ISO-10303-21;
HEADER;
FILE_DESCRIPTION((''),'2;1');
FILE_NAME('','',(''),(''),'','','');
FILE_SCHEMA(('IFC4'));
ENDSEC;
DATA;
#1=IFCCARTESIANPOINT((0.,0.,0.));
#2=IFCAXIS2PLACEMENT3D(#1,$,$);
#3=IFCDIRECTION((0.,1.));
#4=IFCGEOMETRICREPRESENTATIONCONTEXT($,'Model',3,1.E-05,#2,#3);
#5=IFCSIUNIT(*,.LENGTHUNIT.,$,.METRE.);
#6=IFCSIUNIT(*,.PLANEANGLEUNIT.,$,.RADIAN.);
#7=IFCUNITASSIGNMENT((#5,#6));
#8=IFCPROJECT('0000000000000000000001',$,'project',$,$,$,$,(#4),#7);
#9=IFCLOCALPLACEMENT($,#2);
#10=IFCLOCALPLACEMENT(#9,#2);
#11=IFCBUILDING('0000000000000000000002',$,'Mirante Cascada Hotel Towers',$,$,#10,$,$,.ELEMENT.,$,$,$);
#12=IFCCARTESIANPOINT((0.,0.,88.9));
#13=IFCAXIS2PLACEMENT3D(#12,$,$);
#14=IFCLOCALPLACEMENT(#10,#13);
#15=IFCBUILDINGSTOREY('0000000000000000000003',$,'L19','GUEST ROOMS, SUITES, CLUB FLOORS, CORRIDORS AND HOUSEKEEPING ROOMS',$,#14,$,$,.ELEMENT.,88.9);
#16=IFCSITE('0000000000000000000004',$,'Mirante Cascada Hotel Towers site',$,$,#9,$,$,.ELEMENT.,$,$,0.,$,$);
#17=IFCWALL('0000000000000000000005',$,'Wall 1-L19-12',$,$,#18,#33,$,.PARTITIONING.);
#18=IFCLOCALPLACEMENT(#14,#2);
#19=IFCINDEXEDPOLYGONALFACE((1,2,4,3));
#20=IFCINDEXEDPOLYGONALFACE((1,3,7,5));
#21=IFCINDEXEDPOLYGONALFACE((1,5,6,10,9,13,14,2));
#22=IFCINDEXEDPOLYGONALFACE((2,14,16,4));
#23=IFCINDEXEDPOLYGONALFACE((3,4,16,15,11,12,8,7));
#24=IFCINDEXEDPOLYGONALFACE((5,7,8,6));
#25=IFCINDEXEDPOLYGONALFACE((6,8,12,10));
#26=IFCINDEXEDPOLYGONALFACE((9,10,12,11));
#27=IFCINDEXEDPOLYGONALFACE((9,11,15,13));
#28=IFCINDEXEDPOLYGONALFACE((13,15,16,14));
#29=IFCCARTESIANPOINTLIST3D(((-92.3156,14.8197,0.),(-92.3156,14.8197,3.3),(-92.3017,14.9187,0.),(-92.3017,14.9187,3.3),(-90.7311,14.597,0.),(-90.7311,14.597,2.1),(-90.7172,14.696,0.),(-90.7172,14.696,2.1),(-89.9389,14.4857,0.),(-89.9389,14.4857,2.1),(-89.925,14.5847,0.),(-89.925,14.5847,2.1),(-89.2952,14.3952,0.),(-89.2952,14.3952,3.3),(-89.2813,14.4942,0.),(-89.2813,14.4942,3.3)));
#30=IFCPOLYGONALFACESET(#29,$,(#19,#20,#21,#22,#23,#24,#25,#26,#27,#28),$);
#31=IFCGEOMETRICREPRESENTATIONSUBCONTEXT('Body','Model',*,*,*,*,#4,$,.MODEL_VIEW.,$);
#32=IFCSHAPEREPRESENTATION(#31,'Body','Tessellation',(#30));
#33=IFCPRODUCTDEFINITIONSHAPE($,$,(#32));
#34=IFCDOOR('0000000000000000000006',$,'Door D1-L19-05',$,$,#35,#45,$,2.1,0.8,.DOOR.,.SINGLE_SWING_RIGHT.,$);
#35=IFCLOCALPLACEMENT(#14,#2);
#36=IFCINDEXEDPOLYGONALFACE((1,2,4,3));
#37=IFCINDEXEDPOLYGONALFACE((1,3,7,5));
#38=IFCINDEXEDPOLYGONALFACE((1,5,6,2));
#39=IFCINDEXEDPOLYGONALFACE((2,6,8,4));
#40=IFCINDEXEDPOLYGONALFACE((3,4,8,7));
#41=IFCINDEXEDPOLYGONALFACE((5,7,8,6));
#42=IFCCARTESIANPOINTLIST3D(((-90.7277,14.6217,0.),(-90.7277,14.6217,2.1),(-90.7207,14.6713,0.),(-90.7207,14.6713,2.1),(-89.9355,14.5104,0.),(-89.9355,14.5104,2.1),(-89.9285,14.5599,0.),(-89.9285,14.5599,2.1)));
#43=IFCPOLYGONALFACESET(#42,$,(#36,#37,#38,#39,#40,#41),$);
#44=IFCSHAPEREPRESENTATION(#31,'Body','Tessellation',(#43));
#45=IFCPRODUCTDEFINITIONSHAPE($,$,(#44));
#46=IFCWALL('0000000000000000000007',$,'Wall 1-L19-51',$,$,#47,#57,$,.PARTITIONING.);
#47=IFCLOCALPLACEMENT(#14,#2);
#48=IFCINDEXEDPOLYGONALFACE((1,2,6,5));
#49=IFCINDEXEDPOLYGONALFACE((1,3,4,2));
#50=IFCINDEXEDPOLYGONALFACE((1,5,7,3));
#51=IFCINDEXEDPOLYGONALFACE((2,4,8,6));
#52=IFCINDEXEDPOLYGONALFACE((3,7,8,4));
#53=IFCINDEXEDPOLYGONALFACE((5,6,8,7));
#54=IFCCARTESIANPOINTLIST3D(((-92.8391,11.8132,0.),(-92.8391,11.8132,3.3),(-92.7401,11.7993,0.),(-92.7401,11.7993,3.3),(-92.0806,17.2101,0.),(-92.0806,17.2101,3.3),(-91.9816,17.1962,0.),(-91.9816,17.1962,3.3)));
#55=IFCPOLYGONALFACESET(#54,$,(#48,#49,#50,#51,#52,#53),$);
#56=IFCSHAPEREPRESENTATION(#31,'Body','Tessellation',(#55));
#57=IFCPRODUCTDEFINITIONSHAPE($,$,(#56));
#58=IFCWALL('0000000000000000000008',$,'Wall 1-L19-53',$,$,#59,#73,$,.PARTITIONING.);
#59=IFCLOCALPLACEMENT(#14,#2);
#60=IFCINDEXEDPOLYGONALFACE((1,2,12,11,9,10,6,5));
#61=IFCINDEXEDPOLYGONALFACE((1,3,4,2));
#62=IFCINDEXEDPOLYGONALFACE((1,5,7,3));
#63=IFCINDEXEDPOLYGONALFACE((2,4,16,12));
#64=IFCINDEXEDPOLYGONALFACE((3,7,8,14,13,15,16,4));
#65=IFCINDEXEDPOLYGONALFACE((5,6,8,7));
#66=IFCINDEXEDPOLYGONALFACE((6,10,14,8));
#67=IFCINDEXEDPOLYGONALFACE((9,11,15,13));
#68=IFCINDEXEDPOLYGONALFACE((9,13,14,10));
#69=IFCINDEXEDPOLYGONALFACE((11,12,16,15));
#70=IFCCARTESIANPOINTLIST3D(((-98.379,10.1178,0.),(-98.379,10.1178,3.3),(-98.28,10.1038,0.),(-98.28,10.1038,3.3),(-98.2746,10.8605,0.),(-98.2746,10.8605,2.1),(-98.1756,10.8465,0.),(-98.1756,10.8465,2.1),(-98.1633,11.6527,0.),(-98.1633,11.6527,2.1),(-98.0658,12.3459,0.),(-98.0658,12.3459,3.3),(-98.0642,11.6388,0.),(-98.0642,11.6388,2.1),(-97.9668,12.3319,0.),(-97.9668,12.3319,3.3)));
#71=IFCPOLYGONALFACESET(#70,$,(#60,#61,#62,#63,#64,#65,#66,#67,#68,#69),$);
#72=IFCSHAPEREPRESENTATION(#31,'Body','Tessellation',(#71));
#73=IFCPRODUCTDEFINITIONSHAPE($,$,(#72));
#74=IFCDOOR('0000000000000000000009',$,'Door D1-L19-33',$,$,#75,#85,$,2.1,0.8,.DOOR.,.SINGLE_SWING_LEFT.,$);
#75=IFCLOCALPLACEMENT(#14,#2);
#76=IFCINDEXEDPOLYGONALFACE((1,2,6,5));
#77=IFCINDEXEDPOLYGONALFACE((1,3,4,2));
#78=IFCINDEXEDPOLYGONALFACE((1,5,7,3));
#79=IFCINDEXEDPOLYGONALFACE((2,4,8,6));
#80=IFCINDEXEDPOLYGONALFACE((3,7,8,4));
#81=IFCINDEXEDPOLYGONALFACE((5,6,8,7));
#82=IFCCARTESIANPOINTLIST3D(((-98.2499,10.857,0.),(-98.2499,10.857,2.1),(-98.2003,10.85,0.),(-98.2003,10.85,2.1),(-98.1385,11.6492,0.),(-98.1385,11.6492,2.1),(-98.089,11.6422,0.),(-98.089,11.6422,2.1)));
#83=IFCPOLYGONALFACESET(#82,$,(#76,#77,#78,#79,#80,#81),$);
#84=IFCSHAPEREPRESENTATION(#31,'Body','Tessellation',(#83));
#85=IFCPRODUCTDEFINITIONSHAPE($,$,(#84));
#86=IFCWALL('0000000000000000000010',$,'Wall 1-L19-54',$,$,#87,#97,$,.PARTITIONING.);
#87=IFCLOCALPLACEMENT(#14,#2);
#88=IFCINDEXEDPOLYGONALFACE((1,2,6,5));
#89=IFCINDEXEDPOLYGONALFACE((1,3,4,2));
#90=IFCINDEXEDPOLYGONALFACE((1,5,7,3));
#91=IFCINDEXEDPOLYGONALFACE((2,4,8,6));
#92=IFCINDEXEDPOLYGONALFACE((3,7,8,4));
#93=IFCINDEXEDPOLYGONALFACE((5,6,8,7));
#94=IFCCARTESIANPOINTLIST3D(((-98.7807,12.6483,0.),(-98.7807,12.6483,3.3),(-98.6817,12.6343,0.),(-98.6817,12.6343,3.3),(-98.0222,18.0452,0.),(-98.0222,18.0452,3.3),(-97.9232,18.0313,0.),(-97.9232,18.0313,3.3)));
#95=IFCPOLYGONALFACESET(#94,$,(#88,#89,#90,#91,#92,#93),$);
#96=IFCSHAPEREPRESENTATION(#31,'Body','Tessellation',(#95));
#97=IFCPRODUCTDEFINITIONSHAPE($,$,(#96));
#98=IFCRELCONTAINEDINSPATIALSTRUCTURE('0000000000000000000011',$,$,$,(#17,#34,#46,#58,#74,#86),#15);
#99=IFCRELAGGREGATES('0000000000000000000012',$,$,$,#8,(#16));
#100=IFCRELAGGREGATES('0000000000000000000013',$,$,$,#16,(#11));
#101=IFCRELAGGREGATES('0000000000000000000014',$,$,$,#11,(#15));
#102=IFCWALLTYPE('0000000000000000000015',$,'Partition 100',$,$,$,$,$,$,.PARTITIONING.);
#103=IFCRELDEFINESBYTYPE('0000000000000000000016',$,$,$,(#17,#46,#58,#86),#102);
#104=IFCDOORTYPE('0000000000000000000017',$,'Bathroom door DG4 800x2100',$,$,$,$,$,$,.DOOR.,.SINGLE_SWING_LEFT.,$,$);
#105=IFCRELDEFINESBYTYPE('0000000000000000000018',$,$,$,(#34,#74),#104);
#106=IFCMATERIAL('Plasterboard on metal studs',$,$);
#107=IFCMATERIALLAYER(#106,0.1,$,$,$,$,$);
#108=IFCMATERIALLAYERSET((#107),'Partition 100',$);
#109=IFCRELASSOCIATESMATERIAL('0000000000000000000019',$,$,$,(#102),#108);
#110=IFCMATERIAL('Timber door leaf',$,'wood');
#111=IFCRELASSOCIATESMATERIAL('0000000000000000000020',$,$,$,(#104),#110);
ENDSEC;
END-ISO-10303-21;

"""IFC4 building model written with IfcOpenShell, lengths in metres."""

from ifc_helpers import new_model, si_unit, direction, frame, frame_2d, origin, place, context, subcontext, project, spatial, rectangle, extrude, material, layer, layer_set, type_object, element, fill, save


model = new_model("IFC4")

# Units and contexts
model_context = context("Model", 3, precision=1e-05, world=origin(), true_north=direction((0.0, 1.0)))
body_context = subcontext(model_context, "Body", "Model", "MODEL_VIEW")
ifc_project = project(units=[si_unit("LENGTHUNIT", "METRE"), si_unit("PLANEANGLEUNIT", "RADIAN")], contexts=[model_context])

# Site, building, storey
site_placement = place(None, origin())
site = spatial("IfcSite", under=ifc_project, at=site_placement, Name="Mirante Cascada Hotel Towers site", CompositionType="ELEMENT", RefElevation=0.0)
building_placement = place(site_placement, origin())
building = spatial("IfcBuilding", under=site, at=building_placement, Name="Mirante Cascada Hotel Towers", CompositionType="ELEMENT")
storey_placement = place(building_placement, frame((0.0, 0.0, 88.9)))
storey = spatial("IfcBuildingStorey", under=building, at=storey_placement, Name="L19", Description="GUEST ROOMS, SUITES, CLUB FLOORS, CORRIDORS AND HOUSEKEEPING ROOMS", CompositionType="ELEMENT", Elevation=88.9)

# Shared definitions
ifc_material_1 = material(Name="Plasterboard on metal studs")
ifc_layer_1 = layer(ifc_material_1, 0.1)
ifc_layer_set_1 = layer_set([ifc_layer_1], Name="Partition 100")
wall_type_1 = type_object("IfcWallType", Name="Partition 100", PredefinedType="PARTITIONING", material=ifc_layer_set_1)

# Wall, opening, door
wall_1_placement = place(storey_placement, frame((-89.2883, 14.4447, 0.0), z_axis=(0.0, 0.0, 1.0), x_axis=(-0.990268, 0.139177, 0.0)))
wall_1 = element("IfcWall", 1, at=wall_1_placement, inside=storey, type_object=wall_type_1, Name="Wall 1-L19-12", PredefinedType="PARTITIONING", context=body_context, shape_type="SweptSolid", body=[
    extrude(rectangle(XDim=3.0501, YDim=0.1, at=frame_2d((1.525, 0.0))), origin(), (0.0, 0.0, 1.0), 3.3),
])
opening_1_placement = place(wall_1_placement, frame((0.65, 0.0, 0.0)))
opening_1 = element("IfcOpeningElement", 2, at=opening_1_placement, cuts=wall_1, PredefinedType="OPENING", context=body_context, shape_type="SweptSolid", body=[
    extrude(rectangle(XDim=0.8, YDim=2.1, at=frame_2d((0.4, 1.05))), frame((0.0, 0.05, 0.0), z_axis=(0.0, -1.0, 0.0), x_axis=(1.0, 0.0, 0.0)), (0.0, 0.0, 1.0), 0.1),
])
ifc_material_2 = material(Name="Timber door leaf", Category="wood")
door_type_1 = type_object("IfcDoorType", Name="Bathroom door DG4 800x2100", OperationType="SINGLE_SWING_LEFT", PredefinedType="DOOR", material=ifc_material_2)
door_1_placement = place(opening_1_placement, frame((0.8, 0.0, 0.0), z_axis=(0.0, 0.0, 1.0), x_axis=(-1.0, 0.0, 0.0)))
door_1 = element("IfcDoor", 3, at=door_1_placement, inside=storey, type_object=door_type_1, Name="Door D1-L19-05", OperationType="SINGLE_SWING_RIGHT", OverallHeight=2.1, OverallWidth=0.8, PredefinedType="DOOR", context=body_context, shape_type="SweptSolid", body=[
    extrude(rectangle(XDim=0.8, YDim=2.1, at=frame_2d((0.4, 1.05))), frame((0.0, 0.025, 0.0), z_axis=(0.0, -1.0, 0.0), x_axis=(1.0, 0.0, 0.0)), (0.0, 0.0, 1.0), 0.05),
])
fill(opening_1, door_1)

# Wall
wall_2_placement = place(storey_placement, frame((-92.0311, 17.2032, 0.0), z_axis=(0.0, 0.0, 1.0), x_axis=(-0.139176, -0.990268, 0.0)))
element("IfcWall", 4, at=wall_2_placement, inside=storey, type_object=wall_type_1, Name="Wall 1-L19-51", PredefinedType="PARTITIONING", context=body_context, shape_type="SweptSolid", body=[
    extrude(rectangle(XDim=5.4499, YDim=0.1, at=frame_2d((2.725, 0.0))), origin(), (0.0, 0.0, 1.0), 3.3),
])

# Wall, opening, door
wall_3_placement = place(storey_placement, frame((-98.0163, 12.3389, 0.0), z_axis=(0.0, 0.0, 1.0), x_axis=(-0.1392, -0.990264, 0.0)))
wall_3 = element("IfcWall", 5, at=wall_3_placement, inside=storey, type_object=wall_type_1, Name="Wall 1-L19-53", PredefinedType="PARTITIONING", context=body_context, shape_type="SweptSolid", body=[
    extrude(rectangle(XDim=2.25, YDim=0.1, at=frame_2d((1.125, 0.0))), origin(), (0.0, 0.0, 1.0), 3.3),
])
opening_2_placement = place(wall_3_placement, frame((0.7, 0.0, 0.0)))
opening_2 = element("IfcOpeningElement", 6, at=opening_2_placement, cuts=wall_3, PredefinedType="OPENING", context=body_context, shape_type="SweptSolid", body=[
    extrude(rectangle(XDim=0.8, YDim=2.1, at=frame_2d((0.4, 1.05))), frame((0.0, 0.05, 0.0), z_axis=(0.0, -1.0, 0.0), x_axis=(1.0, 0.0, 0.0)), (0.0, 0.0, 1.0), 0.1),
])
door_2_placement = place(opening_2_placement, origin())
door_2 = element("IfcDoor", 7, at=door_2_placement, inside=storey, type_object=door_type_1, Name="Door D1-L19-33", OperationType="SINGLE_SWING_LEFT", OverallHeight=2.1, OverallWidth=0.8, PredefinedType="DOOR", context=body_context, shape_type="SweptSolid", body=[
    extrude(rectangle(XDim=0.8, YDim=2.1, at=frame_2d((0.4, 1.05))), frame((0.0, 0.025, 0.0), z_axis=(0.0, -1.0, 0.0), x_axis=(1.0, 0.0, 0.0)), (0.0, 0.0, 1.0), 0.05),
])
fill(opening_2, door_2)

# Wall
wall_4_placement = place(storey_placement, frame((-98.7312, 12.6413, 0.0), z_axis=(0.0, 0.0, 1.0), x_axis=(0.139173, 0.990268, 0.0)))
element("IfcWall", 8, at=wall_4_placement, inside=storey, type_object=wall_type_1, Name="Wall 1-L19-54", PredefinedType="PARTITIONING", context=body_context, shape_type="SweptSolid", body=[
    extrude(rectangle(XDim=5.45, YDim=0.1, at=frame_2d((2.725, 0.0))), origin(), (0.0, 0.0, 1.0), 3.3),
])

save(model, "model.ifc")
